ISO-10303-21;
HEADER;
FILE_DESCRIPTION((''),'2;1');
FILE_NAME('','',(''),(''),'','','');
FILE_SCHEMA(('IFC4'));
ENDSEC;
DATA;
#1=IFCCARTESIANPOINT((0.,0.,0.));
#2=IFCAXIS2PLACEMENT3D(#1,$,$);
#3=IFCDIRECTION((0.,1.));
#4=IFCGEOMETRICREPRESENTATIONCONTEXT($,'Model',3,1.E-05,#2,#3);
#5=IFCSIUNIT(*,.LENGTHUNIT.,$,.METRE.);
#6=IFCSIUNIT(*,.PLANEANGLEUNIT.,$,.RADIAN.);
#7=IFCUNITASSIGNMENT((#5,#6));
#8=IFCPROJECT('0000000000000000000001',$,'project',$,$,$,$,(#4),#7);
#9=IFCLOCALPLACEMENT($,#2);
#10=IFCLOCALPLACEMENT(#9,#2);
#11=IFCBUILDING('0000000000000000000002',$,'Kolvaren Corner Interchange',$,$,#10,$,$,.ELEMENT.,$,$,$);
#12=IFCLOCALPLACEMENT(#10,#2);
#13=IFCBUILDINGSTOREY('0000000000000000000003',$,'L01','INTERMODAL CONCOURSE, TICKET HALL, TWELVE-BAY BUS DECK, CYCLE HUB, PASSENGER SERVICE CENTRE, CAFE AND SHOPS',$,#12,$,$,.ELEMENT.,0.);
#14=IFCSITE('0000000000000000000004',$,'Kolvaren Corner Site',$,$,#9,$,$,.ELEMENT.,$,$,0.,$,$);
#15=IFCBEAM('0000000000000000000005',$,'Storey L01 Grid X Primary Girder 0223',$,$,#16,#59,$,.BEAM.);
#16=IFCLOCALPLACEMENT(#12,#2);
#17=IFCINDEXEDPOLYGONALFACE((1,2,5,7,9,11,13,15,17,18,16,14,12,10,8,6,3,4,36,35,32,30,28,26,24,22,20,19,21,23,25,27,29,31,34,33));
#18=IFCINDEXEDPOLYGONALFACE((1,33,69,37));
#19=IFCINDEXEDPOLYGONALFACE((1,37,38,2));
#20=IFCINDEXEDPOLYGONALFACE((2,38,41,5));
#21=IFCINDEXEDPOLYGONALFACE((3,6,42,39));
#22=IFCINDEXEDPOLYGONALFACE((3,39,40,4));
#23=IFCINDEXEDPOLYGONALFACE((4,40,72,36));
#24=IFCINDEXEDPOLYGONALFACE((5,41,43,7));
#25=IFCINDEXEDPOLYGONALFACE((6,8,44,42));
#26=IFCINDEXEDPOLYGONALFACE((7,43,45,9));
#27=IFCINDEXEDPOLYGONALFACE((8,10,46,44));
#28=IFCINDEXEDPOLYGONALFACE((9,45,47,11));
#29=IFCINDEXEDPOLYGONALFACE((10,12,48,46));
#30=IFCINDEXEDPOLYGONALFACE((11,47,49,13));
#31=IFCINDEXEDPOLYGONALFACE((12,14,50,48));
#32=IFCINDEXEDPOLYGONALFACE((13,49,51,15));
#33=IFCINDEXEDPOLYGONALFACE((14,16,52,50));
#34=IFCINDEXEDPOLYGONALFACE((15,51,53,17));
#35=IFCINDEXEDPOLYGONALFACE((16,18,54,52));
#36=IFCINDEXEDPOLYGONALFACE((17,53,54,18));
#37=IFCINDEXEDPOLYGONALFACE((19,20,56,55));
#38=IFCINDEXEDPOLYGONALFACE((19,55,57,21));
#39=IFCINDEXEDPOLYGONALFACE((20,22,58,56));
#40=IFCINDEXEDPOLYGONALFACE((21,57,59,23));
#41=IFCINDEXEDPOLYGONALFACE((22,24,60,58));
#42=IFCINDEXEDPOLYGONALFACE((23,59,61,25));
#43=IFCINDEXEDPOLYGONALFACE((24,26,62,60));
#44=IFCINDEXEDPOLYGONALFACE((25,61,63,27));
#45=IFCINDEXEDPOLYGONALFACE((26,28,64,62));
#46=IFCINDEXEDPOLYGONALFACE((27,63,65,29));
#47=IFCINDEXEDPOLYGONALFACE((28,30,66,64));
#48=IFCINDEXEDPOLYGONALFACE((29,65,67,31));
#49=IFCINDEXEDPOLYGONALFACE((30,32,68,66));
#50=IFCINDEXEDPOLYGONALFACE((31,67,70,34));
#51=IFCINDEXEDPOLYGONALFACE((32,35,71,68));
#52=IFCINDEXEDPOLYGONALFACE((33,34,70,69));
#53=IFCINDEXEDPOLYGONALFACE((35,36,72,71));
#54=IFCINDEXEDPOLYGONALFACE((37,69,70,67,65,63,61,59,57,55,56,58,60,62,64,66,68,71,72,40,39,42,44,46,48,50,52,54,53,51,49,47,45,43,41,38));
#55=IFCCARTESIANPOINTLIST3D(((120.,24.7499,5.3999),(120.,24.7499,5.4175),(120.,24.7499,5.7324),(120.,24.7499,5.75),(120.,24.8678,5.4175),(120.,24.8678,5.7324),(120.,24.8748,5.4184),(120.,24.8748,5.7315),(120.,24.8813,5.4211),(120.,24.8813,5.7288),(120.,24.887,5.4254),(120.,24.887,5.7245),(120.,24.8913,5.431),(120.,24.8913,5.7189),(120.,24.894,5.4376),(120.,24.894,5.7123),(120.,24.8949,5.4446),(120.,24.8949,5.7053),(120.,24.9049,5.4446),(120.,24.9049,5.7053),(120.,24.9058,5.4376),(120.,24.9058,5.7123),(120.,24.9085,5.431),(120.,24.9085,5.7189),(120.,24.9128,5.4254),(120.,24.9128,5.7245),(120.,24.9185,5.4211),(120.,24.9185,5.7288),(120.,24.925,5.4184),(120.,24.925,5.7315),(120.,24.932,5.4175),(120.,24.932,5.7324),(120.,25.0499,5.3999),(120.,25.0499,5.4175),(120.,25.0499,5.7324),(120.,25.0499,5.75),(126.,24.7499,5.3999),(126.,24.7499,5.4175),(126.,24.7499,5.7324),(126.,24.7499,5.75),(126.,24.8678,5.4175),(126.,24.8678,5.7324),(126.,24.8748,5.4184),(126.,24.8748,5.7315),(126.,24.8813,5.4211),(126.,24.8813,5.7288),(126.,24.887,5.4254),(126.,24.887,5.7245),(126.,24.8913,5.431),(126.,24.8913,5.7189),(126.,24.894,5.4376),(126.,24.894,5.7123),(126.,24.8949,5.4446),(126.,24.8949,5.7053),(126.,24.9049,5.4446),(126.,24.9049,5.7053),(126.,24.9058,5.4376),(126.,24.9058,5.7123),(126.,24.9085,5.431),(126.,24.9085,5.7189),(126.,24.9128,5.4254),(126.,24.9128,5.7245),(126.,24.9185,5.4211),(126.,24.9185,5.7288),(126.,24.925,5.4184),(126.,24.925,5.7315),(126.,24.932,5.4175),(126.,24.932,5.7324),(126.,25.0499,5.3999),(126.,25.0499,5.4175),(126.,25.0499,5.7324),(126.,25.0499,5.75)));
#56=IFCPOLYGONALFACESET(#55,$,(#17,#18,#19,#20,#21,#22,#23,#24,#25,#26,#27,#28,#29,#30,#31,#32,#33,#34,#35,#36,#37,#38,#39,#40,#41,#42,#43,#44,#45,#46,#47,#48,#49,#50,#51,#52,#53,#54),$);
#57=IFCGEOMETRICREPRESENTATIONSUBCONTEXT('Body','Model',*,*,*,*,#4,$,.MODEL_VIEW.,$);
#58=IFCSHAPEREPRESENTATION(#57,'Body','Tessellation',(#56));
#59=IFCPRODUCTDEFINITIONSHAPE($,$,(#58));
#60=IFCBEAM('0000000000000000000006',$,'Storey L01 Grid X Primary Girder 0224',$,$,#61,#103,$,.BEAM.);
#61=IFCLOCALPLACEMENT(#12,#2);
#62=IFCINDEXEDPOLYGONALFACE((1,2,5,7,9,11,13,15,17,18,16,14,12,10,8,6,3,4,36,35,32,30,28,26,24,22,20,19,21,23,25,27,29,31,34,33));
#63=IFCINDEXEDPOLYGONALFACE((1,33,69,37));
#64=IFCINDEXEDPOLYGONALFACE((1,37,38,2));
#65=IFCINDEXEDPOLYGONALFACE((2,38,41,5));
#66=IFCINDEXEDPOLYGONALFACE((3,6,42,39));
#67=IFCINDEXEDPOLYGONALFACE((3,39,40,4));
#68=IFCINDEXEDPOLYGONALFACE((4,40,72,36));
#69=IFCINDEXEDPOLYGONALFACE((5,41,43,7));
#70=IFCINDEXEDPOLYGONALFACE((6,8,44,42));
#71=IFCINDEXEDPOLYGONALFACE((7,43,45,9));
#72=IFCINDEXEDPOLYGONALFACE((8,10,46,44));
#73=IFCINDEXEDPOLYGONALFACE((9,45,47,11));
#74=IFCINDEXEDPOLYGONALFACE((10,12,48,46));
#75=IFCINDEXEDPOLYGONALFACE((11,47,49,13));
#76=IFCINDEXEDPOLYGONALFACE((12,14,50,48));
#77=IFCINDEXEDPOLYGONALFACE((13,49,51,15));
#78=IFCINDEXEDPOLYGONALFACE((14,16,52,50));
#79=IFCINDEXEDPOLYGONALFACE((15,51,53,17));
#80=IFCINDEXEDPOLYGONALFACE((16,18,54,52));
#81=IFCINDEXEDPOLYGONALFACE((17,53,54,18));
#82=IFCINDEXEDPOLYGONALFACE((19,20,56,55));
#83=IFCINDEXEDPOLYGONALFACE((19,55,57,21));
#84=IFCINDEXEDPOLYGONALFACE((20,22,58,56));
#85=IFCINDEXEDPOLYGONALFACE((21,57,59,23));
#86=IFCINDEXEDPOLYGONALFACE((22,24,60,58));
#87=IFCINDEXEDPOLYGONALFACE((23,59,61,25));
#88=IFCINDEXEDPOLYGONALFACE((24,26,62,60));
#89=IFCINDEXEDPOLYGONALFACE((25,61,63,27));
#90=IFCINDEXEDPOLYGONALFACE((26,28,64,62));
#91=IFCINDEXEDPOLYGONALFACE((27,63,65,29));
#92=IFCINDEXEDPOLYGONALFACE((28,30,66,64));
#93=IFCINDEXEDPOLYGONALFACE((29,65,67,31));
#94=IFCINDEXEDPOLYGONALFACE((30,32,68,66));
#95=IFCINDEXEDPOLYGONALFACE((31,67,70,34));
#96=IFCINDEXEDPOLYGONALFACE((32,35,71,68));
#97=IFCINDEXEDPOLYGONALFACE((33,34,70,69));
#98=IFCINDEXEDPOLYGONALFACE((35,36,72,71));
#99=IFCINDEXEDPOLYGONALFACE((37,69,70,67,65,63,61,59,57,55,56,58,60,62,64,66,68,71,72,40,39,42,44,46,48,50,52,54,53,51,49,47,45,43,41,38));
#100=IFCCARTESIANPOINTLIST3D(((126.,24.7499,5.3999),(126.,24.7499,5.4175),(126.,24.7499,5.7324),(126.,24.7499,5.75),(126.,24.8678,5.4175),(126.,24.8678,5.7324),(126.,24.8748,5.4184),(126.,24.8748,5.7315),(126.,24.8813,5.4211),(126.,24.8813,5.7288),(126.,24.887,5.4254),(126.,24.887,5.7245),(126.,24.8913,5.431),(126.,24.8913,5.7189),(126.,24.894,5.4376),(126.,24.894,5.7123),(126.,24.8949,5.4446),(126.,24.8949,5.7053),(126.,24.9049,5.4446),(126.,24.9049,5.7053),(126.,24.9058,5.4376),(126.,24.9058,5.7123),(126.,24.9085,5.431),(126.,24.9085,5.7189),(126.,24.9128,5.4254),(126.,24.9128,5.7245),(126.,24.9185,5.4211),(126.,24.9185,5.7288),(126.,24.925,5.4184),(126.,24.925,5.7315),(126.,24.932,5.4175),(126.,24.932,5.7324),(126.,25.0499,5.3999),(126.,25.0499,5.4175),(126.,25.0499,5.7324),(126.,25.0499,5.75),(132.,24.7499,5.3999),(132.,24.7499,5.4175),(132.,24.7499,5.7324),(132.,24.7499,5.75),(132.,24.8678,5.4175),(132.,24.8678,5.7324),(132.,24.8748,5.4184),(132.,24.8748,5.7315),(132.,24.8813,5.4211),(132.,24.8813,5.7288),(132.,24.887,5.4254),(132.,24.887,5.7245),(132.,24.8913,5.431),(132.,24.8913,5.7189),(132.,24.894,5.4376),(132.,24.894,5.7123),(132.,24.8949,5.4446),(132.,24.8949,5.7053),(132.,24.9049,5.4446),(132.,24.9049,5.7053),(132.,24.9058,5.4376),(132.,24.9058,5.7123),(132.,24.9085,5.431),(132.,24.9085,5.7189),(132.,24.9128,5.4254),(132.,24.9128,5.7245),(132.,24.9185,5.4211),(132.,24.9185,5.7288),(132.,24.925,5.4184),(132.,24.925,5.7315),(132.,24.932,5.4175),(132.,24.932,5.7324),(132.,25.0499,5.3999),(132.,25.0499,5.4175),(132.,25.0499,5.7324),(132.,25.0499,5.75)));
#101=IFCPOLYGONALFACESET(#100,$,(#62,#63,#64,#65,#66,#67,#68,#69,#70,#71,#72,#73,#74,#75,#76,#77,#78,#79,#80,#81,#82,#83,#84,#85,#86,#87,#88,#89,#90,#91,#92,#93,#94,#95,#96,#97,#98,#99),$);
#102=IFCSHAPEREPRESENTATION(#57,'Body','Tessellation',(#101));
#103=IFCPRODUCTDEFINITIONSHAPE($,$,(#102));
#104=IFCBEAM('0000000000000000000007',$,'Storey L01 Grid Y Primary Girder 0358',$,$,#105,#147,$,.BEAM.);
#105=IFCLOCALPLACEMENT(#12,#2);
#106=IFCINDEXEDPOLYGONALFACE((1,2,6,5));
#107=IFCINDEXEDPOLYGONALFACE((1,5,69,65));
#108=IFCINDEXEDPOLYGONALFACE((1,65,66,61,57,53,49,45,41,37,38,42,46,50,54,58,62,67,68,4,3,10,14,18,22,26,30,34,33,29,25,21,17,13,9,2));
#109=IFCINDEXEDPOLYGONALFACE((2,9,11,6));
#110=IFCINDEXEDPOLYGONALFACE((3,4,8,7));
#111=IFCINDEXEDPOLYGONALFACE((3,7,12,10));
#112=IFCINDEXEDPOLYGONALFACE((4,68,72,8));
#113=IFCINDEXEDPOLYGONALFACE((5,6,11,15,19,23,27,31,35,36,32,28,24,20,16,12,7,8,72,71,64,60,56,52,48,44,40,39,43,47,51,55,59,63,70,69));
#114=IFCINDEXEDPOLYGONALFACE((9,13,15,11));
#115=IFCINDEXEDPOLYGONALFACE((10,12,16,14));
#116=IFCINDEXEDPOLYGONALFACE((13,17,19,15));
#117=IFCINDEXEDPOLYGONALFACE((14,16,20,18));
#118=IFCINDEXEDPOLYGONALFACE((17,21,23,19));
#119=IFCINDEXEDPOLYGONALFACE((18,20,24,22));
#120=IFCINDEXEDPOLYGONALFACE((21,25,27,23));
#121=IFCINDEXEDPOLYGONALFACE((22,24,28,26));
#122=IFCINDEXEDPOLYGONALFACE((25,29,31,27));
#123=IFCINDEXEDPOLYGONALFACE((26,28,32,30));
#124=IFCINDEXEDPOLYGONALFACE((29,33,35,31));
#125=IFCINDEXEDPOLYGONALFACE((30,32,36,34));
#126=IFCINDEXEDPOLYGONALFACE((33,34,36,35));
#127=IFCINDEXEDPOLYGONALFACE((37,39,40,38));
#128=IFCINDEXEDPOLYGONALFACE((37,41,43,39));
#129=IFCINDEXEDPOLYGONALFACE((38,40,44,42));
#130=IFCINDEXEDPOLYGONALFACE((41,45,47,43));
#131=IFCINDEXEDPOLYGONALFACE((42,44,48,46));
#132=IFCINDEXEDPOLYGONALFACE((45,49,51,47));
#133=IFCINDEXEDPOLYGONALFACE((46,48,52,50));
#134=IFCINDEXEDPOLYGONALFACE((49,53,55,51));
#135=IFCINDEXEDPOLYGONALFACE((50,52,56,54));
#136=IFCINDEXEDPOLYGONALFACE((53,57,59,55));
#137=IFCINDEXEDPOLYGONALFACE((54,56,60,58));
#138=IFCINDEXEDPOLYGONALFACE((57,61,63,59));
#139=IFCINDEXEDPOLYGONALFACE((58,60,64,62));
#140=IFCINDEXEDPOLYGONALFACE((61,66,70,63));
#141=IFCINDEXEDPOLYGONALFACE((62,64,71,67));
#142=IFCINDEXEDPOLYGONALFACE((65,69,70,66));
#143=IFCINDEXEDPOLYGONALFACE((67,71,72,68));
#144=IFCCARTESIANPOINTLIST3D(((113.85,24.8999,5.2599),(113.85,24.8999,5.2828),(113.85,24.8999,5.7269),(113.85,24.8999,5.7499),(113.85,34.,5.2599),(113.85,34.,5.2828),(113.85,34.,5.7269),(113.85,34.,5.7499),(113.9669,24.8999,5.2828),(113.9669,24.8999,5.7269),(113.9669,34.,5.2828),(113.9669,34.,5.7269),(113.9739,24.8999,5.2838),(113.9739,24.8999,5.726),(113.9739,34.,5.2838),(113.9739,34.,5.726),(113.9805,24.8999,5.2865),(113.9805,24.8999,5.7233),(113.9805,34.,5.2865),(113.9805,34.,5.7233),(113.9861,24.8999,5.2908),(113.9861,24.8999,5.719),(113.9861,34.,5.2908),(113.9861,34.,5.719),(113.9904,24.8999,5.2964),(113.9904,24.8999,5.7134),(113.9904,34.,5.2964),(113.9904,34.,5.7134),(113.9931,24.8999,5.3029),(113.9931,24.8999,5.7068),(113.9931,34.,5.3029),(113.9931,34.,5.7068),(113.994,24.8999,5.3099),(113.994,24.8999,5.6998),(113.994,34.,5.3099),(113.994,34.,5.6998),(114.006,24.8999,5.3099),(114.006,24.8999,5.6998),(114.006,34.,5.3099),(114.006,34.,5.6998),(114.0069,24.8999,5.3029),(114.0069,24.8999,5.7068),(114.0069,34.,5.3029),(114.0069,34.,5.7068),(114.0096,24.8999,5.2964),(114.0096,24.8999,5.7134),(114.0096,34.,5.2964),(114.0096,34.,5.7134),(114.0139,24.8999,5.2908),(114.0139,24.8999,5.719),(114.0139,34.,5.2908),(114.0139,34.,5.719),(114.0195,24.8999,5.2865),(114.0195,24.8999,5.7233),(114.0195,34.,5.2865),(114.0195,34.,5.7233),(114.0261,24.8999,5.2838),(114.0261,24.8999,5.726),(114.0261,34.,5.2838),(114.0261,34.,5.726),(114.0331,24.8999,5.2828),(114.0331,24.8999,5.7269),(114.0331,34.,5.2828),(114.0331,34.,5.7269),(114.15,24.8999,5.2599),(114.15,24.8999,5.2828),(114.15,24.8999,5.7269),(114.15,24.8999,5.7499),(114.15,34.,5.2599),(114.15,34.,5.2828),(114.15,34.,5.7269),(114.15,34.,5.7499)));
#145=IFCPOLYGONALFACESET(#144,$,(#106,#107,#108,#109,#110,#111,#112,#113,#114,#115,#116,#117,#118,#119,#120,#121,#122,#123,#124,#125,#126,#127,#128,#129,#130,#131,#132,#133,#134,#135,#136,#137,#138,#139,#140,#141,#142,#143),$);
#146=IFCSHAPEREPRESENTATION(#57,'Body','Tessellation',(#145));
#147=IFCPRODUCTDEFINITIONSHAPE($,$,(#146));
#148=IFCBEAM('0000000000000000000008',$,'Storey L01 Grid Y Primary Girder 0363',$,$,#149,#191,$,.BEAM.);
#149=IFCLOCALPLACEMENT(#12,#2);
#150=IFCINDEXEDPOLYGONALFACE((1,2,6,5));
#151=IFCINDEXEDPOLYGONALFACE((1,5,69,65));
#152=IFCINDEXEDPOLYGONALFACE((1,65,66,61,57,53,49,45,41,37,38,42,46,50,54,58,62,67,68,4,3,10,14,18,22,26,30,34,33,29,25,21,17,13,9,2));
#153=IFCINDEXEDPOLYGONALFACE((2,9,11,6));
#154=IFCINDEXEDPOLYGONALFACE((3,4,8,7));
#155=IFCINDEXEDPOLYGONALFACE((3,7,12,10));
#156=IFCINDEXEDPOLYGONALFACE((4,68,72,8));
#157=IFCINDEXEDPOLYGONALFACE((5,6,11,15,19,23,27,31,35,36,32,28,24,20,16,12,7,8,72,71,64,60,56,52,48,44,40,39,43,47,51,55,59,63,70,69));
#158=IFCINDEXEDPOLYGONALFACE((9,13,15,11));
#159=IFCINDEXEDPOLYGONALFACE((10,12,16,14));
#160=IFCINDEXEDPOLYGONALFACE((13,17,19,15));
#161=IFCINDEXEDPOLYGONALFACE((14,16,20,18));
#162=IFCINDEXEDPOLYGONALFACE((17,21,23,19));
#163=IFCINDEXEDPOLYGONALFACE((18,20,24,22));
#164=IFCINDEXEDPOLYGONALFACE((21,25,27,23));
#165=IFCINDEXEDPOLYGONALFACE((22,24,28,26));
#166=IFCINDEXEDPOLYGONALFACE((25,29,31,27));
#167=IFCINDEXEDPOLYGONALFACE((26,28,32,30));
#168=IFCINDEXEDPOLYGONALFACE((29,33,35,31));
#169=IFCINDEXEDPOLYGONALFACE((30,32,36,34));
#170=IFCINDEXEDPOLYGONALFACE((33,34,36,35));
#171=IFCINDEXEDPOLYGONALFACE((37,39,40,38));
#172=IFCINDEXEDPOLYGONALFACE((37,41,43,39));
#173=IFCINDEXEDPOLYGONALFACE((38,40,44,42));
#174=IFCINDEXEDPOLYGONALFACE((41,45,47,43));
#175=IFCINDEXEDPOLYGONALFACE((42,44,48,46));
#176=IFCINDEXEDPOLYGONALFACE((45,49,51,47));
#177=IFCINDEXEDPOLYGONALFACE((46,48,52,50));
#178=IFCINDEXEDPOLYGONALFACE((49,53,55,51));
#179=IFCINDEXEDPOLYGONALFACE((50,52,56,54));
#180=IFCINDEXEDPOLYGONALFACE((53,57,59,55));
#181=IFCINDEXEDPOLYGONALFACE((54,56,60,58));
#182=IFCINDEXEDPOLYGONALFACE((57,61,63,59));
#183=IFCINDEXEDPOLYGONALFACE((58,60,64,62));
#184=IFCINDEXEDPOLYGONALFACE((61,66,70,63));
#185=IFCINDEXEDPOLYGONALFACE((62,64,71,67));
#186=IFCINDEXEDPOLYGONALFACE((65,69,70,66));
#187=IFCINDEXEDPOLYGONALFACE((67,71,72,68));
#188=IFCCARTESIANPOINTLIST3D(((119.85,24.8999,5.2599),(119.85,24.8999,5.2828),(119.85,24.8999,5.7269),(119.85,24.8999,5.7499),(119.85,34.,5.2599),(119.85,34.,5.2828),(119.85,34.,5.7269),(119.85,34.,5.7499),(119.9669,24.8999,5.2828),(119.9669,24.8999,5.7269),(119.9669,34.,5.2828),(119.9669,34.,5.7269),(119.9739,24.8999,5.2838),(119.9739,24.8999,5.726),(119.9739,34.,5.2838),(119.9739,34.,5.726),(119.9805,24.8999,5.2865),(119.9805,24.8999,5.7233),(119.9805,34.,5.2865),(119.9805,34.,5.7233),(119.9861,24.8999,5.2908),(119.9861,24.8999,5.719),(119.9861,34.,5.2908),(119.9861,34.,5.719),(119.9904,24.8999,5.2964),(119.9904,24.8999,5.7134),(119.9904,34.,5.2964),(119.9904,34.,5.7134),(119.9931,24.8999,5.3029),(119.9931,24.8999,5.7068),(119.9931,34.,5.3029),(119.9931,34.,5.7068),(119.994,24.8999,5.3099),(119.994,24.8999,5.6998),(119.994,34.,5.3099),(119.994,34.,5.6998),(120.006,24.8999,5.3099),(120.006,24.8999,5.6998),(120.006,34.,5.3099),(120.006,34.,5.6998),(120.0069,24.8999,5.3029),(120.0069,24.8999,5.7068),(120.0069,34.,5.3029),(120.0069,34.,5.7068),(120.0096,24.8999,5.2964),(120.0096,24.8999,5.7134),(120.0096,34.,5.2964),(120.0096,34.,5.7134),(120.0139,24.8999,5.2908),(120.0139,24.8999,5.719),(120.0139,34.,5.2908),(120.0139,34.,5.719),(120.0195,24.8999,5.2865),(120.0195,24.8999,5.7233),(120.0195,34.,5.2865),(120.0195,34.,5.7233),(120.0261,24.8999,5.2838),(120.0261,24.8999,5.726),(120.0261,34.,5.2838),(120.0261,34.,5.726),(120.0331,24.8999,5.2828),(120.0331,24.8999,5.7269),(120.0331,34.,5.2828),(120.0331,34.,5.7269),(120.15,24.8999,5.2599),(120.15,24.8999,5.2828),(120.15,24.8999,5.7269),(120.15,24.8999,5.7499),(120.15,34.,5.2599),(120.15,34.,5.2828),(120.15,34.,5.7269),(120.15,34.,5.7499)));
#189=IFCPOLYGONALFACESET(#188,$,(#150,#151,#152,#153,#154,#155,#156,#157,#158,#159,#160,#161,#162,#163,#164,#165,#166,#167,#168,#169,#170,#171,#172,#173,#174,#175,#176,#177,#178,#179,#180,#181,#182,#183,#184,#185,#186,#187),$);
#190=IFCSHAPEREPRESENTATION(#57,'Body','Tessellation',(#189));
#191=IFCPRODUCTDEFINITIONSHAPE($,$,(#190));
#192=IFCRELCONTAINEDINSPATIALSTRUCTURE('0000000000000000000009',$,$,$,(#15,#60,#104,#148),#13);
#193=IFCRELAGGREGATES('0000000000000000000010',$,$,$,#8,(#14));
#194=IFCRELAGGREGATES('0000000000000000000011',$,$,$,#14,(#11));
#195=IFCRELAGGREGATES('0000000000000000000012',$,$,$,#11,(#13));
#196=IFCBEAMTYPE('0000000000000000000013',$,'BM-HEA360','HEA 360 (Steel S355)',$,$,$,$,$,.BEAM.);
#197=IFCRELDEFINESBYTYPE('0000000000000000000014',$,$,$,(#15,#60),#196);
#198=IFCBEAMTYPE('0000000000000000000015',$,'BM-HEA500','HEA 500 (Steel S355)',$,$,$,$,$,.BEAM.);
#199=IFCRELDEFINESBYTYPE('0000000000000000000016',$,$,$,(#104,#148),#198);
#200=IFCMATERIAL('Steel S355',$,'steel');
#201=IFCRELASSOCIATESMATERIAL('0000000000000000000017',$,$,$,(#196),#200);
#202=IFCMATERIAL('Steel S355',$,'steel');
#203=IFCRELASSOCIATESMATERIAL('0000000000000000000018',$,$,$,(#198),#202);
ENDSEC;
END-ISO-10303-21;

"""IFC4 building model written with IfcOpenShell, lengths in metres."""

from ifc_helpers import new_model, si_unit, direction, frame, origin, origin_2d, place, context, subcontext, project, spatial, i_section, extrude, material, material_profile, profile_set, type_object, element, save


model = new_model("IFC4")

# Units and contexts
model_context = context("Model", 3, precision=1e-05, world=origin(), true_north=direction((0.0, 1.0)))
body_context = subcontext(model_context, "Body", "Model", "MODEL_VIEW")
ifc_project = project(units=[si_unit("LENGTHUNIT", "METRE"), si_unit("PLANEANGLEUNIT", "RADIAN")], contexts=[model_context])

# Site, building, storey
site_placement = place(None, origin())
site = spatial("IfcSite", under=ifc_project, at=site_placement, Name="Kolvaren Corner Site", CompositionType="ELEMENT", RefElevation=0.0)
building_placement = place(site_placement, origin())
building = spatial("IfcBuilding", under=site, at=building_placement, Name="Kolvaren Corner Interchange", CompositionType="ELEMENT")
storey_placement = place(building_placement, origin())
storey = spatial("IfcBuildingStorey", under=building, at=storey_placement, Name="L01", Description="INTERMODAL CONCOURSE, TICKET HALL, TWELVE-BAY BUS DECK, CYCLE HUB, PASSENGER SERVICE CENTRE, CAFE AND SHOPS", CompositionType="ELEMENT", Elevation=0.0)

# Beams
ifc_material_1 = material(Name="Steel S355", Category="steel")
ifc_material_profile_1 = material_profile(ifc_material_1, i_section(OverallWidth=0.3, OverallDepth=0.3501, WebThickness=0.01, FlangeThickness=0.0176, FilletRadius=0.0271, at=origin_2d()), Name="HEA 360")
ifc_profile_set_1 = profile_set([ifc_material_profile_1], Name="Steel S355")
beam_type_1 = type_object("IfcBeamType", Name="BM-HEA360", Description="HEA 360 (Steel S355)", PredefinedType="BEAM", material=ifc_profile_set_1)
for number, where, z_axis, x_axis, name in (
    (1, (120.0, 24.8999, 5.575), (1.0, 0.0, 0.0), (0.0, 1.0, 0.0), "Storey L01 Grid X Primary Girder 0223"),
    (2, (126.0, 24.8999, 5.575), (1.0, 0.0, 0.0), (0.0, 1.0, 0.0), "Storey L01 Grid X Primary Girder 0224"),
):
    element("IfcBeam", number, at=place(storey_placement, frame(where, z_axis=z_axis, x_axis=x_axis)), inside=storey, type_object=beam_type_1, Name=name, PredefinedType="BEAM", context=body_context, shape_type="SweptSolid", body=[
        extrude(i_section(OverallWidth=0.3, OverallDepth=0.3501, WebThickness=0.01, FlangeThickness=0.0176, FilletRadius=0.0271, at=origin_2d()), origin(), (0.0, 0.0, 1.0), 6.0),
    ])
ifc_material_2 = material(Name="Steel S355", Category="steel")
ifc_material_profile_2 = material_profile(ifc_material_2, i_section(OverallWidth=0.3, OverallDepth=0.49, WebThickness=0.012, FlangeThickness=0.0229, FilletRadius=0.0271, at=origin_2d()), Name="HEA 500")
ifc_profile_set_2 = profile_set([ifc_material_profile_2], Name="Steel S355")
beam_type_2 = type_object("IfcBeamType", Name="BM-HEA500", Description="HEA 500 (Steel S355)", PredefinedType="BEAM", material=ifc_profile_set_2)
for number, where, z_axis, x_axis, name in (
    (3, (114.0, 24.8999, 5.5049), (0.0, 1.0, 0.0), (-1.0, 0.0, 0.0), "Storey L01 Grid Y Primary Girder 0358"),
    (4, (120.0, 24.8999, 5.5049), (0.0, 1.0, 0.0), (-1.0, 0.0, 0.0), "Storey L01 Grid Y Primary Girder 0363"),
):
    element("IfcBeam", number, at=place(storey_placement, frame(where, z_axis=z_axis, x_axis=x_axis)), inside=storey, type_object=beam_type_2, Name=name, PredefinedType="BEAM", context=body_context, shape_type="SweptSolid", body=[
        extrude(i_section(OverallWidth=0.3, OverallDepth=0.49, WebThickness=0.012, FlangeThickness=0.0229, FilletRadius=0.0271, at=origin_2d()), origin(), (0.0, 0.0, 1.0), 9.1001),
    ])

save(model, "model.ifc")
